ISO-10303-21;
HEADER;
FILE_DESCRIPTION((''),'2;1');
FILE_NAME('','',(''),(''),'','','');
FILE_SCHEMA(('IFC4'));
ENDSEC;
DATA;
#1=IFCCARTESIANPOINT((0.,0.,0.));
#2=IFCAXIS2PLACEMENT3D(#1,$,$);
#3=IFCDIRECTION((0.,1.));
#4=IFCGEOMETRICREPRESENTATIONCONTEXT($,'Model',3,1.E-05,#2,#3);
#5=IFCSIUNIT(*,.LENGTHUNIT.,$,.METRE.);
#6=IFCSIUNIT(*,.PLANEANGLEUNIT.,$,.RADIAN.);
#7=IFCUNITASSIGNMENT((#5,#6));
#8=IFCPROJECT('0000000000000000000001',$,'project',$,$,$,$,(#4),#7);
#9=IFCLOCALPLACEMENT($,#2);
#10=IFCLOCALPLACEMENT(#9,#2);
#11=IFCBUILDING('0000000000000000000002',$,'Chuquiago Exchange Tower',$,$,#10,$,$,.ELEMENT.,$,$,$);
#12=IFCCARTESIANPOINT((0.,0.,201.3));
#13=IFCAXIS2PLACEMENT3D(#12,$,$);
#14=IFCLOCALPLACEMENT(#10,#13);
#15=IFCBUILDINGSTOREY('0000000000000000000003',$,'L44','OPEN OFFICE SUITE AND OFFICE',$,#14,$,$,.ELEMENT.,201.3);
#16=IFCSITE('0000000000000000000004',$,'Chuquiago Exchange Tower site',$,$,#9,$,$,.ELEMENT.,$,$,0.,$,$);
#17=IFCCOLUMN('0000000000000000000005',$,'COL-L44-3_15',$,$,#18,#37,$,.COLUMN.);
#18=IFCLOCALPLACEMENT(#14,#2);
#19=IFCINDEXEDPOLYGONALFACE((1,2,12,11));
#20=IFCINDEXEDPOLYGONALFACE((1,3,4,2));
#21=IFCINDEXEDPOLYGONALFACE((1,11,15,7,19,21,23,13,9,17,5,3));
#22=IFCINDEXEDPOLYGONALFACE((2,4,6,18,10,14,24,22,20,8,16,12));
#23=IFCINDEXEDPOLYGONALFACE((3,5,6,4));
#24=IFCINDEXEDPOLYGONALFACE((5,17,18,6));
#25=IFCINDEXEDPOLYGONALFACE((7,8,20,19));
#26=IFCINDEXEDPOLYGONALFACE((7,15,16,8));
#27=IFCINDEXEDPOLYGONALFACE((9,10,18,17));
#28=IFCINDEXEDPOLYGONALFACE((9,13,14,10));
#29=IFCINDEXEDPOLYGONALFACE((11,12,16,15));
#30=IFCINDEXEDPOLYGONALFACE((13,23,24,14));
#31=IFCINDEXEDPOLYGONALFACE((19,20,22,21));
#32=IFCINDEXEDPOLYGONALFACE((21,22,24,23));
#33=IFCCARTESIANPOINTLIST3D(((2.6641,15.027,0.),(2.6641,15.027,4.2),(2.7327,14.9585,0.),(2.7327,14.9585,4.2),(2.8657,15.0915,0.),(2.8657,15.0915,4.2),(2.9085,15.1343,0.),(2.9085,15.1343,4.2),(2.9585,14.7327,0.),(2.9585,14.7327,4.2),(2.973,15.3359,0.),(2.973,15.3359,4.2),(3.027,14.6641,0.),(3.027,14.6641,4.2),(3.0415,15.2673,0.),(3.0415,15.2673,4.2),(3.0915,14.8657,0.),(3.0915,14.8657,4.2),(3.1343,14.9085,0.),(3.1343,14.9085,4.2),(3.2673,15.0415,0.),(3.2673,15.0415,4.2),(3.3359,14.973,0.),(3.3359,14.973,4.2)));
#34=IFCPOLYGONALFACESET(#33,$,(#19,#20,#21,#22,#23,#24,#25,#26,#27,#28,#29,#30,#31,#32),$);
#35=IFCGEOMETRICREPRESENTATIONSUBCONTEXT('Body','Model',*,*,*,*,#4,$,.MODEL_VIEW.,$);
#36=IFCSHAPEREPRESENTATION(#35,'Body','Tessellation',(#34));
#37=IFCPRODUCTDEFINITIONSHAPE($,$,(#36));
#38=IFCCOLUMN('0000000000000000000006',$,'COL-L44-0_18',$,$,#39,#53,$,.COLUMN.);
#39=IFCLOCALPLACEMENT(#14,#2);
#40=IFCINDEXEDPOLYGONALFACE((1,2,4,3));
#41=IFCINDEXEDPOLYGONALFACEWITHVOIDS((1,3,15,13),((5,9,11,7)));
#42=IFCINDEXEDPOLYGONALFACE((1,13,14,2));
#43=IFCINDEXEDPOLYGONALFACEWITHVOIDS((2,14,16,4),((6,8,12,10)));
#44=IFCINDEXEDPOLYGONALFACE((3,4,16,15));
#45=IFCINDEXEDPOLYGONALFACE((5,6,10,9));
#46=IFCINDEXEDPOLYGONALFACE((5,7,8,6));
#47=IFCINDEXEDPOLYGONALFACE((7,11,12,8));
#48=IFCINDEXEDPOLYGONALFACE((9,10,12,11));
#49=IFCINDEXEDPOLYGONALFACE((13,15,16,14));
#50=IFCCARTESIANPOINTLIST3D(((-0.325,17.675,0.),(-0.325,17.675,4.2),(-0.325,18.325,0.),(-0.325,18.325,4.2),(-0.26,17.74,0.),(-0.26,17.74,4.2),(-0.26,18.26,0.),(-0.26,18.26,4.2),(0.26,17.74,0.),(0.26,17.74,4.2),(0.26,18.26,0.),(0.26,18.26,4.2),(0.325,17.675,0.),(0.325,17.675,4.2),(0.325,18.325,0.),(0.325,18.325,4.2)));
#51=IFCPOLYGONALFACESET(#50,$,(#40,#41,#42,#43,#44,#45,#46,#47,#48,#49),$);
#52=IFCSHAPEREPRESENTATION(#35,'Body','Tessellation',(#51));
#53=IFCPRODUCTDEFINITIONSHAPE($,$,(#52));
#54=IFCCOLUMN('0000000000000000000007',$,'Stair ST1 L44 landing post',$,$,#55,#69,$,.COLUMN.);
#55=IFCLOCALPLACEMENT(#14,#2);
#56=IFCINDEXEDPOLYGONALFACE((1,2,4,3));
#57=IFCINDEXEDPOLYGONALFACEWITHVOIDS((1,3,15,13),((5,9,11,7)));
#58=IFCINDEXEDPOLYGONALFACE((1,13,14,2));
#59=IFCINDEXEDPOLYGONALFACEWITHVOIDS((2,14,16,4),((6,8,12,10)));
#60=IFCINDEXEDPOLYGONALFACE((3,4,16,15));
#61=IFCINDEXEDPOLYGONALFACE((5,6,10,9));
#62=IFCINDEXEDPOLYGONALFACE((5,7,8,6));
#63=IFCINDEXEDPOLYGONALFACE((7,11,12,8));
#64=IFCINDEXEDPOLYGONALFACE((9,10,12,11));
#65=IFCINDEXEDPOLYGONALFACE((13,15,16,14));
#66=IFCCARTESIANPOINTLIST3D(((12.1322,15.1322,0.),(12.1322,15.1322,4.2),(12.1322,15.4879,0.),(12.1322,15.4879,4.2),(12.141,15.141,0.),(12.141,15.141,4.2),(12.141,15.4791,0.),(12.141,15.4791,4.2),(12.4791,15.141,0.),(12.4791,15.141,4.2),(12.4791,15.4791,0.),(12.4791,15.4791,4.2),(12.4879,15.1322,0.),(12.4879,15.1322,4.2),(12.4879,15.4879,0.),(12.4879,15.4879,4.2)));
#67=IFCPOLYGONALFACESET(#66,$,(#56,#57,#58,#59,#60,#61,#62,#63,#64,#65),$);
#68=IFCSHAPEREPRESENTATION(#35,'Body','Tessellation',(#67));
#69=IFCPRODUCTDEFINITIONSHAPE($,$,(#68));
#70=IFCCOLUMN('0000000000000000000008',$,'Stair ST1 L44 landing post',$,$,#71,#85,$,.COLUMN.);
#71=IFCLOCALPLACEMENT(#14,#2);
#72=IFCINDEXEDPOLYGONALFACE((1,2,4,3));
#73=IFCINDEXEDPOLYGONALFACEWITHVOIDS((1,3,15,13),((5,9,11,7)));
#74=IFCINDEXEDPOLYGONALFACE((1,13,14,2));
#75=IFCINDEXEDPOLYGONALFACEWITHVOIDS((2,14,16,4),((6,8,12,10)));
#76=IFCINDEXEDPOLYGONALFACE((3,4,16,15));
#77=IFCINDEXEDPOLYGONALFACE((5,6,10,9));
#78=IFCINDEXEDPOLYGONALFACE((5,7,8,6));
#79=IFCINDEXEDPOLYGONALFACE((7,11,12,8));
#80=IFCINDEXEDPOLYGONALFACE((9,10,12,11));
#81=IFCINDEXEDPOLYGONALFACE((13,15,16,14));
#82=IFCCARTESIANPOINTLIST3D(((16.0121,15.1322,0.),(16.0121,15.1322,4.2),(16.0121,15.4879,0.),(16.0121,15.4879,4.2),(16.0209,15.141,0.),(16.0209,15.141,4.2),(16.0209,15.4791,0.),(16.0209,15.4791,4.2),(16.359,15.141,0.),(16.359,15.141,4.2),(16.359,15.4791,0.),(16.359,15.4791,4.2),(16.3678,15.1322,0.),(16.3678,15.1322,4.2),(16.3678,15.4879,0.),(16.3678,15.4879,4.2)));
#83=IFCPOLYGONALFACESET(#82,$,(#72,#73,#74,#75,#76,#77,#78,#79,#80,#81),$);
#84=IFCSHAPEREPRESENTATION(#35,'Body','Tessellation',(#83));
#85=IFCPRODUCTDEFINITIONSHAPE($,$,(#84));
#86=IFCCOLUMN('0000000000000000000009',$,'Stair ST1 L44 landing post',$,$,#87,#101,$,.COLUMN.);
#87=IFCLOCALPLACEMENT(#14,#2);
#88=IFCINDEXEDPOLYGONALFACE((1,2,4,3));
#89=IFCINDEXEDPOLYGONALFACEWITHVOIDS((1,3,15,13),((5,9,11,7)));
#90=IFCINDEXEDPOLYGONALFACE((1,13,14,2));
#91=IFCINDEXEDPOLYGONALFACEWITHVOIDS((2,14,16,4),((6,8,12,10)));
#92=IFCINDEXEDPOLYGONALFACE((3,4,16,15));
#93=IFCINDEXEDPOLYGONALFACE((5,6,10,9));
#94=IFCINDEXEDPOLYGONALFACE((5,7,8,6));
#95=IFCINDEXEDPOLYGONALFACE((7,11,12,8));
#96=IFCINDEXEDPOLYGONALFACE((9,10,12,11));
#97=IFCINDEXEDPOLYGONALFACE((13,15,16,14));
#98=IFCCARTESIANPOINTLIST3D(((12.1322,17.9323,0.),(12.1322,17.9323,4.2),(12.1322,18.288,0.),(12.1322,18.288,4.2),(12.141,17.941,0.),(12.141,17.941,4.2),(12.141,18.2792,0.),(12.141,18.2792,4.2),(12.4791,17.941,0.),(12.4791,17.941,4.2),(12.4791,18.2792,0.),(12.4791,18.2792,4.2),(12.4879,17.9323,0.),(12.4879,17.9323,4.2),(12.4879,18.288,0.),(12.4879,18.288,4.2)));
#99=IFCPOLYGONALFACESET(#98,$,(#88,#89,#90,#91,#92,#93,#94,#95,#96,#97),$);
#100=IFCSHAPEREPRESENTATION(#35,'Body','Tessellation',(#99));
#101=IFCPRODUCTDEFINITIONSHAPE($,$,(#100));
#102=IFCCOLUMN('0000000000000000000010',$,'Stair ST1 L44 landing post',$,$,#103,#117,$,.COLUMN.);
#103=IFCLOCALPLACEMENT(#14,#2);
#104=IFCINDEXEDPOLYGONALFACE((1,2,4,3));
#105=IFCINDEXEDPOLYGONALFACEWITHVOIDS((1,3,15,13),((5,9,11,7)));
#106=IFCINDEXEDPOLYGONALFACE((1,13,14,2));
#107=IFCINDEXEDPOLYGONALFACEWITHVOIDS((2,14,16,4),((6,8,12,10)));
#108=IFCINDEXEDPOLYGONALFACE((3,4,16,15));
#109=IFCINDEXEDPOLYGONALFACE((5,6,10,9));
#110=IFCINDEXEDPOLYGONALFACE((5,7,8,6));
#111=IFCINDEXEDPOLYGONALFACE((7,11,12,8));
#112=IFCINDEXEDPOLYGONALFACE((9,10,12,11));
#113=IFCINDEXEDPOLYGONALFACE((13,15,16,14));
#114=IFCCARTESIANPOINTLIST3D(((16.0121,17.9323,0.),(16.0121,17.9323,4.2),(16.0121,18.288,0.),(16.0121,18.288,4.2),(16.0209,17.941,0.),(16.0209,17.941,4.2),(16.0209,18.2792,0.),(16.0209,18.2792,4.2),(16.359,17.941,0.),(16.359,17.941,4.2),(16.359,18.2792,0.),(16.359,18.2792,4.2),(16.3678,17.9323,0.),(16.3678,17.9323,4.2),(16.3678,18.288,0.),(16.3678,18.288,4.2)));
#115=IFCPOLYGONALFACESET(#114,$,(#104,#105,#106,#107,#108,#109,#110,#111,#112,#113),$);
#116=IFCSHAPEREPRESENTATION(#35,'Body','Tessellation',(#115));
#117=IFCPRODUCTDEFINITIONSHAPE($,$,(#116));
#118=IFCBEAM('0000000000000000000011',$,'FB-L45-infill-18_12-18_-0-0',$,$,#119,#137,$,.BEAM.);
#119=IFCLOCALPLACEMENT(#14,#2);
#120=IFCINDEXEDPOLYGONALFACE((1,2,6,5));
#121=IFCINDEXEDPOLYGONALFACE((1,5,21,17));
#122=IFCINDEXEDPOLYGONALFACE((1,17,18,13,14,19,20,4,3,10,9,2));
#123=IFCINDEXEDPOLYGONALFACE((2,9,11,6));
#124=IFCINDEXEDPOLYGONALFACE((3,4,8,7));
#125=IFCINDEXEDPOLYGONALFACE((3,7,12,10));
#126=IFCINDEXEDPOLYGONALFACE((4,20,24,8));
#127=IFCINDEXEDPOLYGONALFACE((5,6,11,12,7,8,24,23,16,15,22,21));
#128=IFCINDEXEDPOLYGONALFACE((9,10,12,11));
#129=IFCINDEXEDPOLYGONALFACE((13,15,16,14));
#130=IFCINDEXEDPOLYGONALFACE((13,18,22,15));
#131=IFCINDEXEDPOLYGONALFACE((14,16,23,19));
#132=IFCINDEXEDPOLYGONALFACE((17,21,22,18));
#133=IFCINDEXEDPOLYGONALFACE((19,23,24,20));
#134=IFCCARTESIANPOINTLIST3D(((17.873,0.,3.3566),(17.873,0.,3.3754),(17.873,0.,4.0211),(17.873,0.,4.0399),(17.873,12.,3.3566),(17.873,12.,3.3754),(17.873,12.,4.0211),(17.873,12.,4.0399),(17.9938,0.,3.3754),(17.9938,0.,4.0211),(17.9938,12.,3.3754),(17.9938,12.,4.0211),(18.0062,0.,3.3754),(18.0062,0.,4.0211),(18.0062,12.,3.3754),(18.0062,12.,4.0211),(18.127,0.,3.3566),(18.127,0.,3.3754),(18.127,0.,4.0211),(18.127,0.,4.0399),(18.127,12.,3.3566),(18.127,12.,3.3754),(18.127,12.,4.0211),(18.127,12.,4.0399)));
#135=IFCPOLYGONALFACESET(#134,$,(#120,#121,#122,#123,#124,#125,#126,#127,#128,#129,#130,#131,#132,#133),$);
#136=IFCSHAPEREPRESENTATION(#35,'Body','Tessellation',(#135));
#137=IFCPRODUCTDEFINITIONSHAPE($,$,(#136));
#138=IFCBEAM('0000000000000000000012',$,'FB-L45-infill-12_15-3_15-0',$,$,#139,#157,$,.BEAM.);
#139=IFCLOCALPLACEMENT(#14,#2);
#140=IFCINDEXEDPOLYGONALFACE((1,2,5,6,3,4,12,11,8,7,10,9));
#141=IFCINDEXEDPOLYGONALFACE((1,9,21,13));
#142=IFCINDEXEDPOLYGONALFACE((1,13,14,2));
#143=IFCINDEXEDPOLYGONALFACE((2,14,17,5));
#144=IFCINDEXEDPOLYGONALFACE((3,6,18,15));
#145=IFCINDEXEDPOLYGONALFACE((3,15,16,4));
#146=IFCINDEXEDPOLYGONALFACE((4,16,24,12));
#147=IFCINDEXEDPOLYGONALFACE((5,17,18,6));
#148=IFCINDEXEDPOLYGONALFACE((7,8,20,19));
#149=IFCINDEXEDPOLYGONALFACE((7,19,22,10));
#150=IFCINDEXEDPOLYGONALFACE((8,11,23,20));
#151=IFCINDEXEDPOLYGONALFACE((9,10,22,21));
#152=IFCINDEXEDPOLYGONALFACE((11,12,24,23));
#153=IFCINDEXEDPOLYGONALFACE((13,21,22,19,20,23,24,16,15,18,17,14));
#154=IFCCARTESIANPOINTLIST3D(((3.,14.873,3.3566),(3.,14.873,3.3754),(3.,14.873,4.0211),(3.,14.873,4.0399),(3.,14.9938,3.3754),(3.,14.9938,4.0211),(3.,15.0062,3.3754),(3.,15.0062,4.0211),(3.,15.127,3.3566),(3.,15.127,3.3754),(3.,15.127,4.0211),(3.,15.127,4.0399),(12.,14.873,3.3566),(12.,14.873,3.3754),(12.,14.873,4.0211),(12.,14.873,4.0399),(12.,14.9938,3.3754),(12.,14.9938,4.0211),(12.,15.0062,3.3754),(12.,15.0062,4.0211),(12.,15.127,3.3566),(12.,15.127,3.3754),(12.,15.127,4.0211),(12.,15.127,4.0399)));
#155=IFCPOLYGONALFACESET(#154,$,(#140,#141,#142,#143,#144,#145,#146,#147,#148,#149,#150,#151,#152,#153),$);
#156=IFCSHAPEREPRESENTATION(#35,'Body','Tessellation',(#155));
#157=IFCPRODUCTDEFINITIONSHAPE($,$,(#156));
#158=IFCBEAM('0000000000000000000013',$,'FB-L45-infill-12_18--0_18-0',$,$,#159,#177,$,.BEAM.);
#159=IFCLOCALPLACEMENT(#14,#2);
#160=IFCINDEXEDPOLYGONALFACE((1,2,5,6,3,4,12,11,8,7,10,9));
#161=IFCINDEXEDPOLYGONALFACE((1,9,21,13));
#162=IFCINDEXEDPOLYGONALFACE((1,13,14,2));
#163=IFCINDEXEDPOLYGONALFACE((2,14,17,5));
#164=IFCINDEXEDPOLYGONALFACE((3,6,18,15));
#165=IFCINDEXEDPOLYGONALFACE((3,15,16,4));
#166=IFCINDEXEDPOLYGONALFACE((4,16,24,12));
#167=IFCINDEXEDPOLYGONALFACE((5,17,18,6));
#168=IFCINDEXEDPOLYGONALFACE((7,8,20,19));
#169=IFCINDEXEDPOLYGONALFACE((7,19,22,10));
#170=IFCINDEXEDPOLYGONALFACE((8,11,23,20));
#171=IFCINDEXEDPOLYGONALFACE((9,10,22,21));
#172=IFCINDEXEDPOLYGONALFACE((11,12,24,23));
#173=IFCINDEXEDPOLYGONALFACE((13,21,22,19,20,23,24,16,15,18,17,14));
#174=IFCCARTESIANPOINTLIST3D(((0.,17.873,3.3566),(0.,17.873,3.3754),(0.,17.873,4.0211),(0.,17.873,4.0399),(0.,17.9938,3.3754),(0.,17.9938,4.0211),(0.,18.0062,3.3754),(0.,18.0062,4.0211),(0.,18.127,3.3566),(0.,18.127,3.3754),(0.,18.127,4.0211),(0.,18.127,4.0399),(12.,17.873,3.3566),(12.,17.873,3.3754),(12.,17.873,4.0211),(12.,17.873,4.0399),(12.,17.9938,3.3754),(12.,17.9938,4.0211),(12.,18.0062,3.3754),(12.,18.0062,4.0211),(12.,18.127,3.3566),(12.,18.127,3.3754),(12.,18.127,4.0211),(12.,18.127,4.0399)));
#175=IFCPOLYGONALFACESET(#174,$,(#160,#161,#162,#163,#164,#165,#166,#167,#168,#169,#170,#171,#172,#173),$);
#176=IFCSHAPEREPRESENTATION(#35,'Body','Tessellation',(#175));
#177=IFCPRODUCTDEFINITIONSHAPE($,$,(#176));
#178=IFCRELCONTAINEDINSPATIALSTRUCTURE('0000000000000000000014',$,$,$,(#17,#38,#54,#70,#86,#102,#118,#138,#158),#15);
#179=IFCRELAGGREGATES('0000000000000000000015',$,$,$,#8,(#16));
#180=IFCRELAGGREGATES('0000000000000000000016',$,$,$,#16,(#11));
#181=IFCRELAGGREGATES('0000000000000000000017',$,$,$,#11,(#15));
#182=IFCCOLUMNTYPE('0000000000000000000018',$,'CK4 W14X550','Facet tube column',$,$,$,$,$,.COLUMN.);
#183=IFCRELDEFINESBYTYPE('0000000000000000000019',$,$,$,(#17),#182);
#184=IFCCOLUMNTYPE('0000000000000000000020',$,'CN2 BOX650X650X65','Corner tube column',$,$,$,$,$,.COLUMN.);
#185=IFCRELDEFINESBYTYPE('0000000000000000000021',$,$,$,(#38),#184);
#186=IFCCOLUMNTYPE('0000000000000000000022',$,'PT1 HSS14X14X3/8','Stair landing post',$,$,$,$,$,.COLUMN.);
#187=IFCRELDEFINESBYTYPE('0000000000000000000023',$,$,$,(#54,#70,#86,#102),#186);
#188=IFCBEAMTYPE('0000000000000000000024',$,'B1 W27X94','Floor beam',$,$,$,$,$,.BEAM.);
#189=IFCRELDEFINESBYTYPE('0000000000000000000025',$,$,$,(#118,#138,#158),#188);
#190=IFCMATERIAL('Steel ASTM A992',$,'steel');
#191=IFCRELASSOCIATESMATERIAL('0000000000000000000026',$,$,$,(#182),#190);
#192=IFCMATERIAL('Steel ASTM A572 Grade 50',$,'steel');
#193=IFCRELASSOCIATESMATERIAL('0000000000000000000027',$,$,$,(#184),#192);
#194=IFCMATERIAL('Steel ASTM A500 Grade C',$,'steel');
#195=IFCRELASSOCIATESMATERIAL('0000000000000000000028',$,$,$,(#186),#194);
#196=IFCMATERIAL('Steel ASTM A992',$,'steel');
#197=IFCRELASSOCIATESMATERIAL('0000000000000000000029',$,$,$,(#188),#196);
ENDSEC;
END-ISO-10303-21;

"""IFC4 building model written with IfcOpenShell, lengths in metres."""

from ifc_helpers import new_model, si_unit, direction, frame, origin, origin_2d, place, context, subcontext, project, spatial, hollow_rectangle, i_section, extrude, material, material_profile, profile_set, type_object, element, save


model = new_model("IFC4")

# Units and contexts
model_context = context("Model", 3, precision=1e-05, world=origin(), true_north=direction((0.0, 1.0)))
body_context = subcontext(model_context, "Body", "Model", "MODEL_VIEW")
ifc_project = project(units=[si_unit("LENGTHUNIT", "METRE"), si_unit("PLANEANGLEUNIT", "RADIAN")], contexts=[model_context])

# Site, building, storey
site_placement = place(None, origin())
site = spatial("IfcSite", under=ifc_project, at=site_placement, Name="Chuquiago Exchange Tower site", CompositionType="ELEMENT", RefElevation=0.0)
building_placement = place(site_placement, origin())
building = spatial("IfcBuilding", under=site, at=building_placement, Name="Chuquiago Exchange Tower", CompositionType="ELEMENT")
storey_placement = place(building_placement, frame((0.0, 0.0, 201.3)))
storey = spatial("IfcBuildingStorey", under=building, at=storey_placement, Name="L44", Description="OPEN OFFICE SUITE AND OFFICE", CompositionType="ELEMENT", Elevation=201.3)

# Columns
ifc_material_1 = material(Name="Steel ASTM A992", Category="steel")
ifc_material_profile_1 = material_profile(ifc_material_1, i_section(OverallWidth=0.4368, OverallDepth=0.5132, WebThickness=0.0605, FlangeThickness=0.0969, at=origin_2d()), Name="W14X550")
ifc_profile_set_1 = profile_set([ifc_material_profile_1], Name="Steel ASTM A992")
column_type_1 = type_object("IfcColumnType", Name="CK4 W14X550", Description="Facet tube column", PredefinedType="COLUMN", material=ifc_profile_set_1)
column_1_placement = place(storey_placement, frame((3.0, 15.0, 0.0), z_axis=(0.0, 0.0, 1.0), x_axis=(-0.707107, -0.707107, 0.0)))
element("IfcColumn", 1, at=column_1_placement, inside=storey, type_object=column_type_1, Name="COL-L44-3_15", PredefinedType="COLUMN", context=body_context, shape_type="SweptSolid", body=[
    extrude(i_section(OverallWidth=0.4368, OverallDepth=0.5132, WebThickness=0.0605, FlangeThickness=0.0969, at=origin_2d()), origin(), (0.0, 0.0, 1.0), 4.2),
])
ifc_material_2 = material(Name="Steel ASTM A572 Grade 50", Category="steel")
ifc_material_profile_2 = material_profile(ifc_material_2, hollow_rectangle(XDim=0.6499, YDim=0.6499, WallThickness=0.0649, at=origin_2d()), Name="BOX650X650X65")
ifc_profile_set_2 = profile_set([ifc_material_profile_2], Name="Steel ASTM A572 Grade 50")
column_type_2 = type_object("IfcColumnType", Name="CN2 BOX650X650X65", Description="Corner tube column", PredefinedType="COLUMN", material=ifc_profile_set_2)
column_2_placement = place(storey_placement, frame((0.0, 18.0, 0.0), z_axis=(0.0, 0.0, 1.0), x_axis=(-1.0, 0.0, 0.0)))
element("IfcColumn", 2, at=column_2_placement, inside=storey, type_object=column_type_2, Name="COL-L44-0_18", PredefinedType="COLUMN", context=body_context, shape_type="SweptSolid", body=[
    extrude(hollow_rectangle(XDim=0.6499, YDim=0.6499, WallThickness=0.0649, at=origin_2d()), origin(), (0.0, 0.0, 1.0), 4.2),
])
ifc_material_3 = material(Name="Steel ASTM A500 Grade C", Category="steel")
ifc_material_profile_3 = material_profile(ifc_material_3, hollow_rectangle(XDim=0.3557, YDim=0.3557, WallThickness=0.0088, at=origin_2d()), Name="HSS14X14X3/8")
ifc_profile_set_3 = profile_set([ifc_material_profile_3], Name="Steel ASTM A500 Grade C")
column_type_3 = type_object("IfcColumnType", Name="PT1 HSS14X14X3/8", Description="Stair landing post", PredefinedType="COLUMN", material=ifc_profile_set_3)
for number, where, z_axis, x_axis, name in (
    (3, (12.3101, 15.3101, 0.0), (0.0, 0.0, 1.0), (1.0, 0.0, 0.0), "Stair ST1 L44 landing post"),
    (4, (16.1899, 15.3101, 0.0), (0.0, 0.0, 1.0), (1.0, 0.0, 0.0), "Stair ST1 L44 landing post"),
    (5, (12.3101, 18.1101, 0.0), (0.0, 0.0, 1.0), (1.0, 0.0, 0.0), "Stair ST1 L44 landing post"),
    (6, (16.1899, 18.1101, 0.0), (0.0, 0.0, 1.0), (1.0, 0.0, 0.0), "Stair ST1 L44 landing post"),
):
    element("IfcColumn", number, at=place(storey_placement, frame(where, z_axis=z_axis, x_axis=x_axis)), inside=storey, type_object=column_type_3, Name=name, PredefinedType="COLUMN", context=body_context, shape_type="SweptSolid", body=[
        extrude(hollow_rectangle(XDim=0.3557, YDim=0.3557, WallThickness=0.0088, at=origin_2d()), origin(), (0.0, 0.0, 1.0), 4.2),
    ])

# Beams
ifc_material_4 = material(Name="Steel ASTM A992", Category="steel")
ifc_material_profile_4 = material_profile(ifc_material_4, i_section(OverallWidth=0.2539, OverallDepth=0.6833, WebThickness=0.0125, FlangeThickness=0.0188, at=origin_2d()), Name="W27X94")
ifc_profile_set_4 = profile_set([ifc_material_profile_4], Name="Steel ASTM A992")
beam_type_1 = type_object("IfcBeamType", Name="B1 W27X94", Description="Floor beam", PredefinedType="BEAM", material=ifc_profile_set_4)
beam_1_placement = place(storey_placement, frame((18.0, 12.0, 3.6982), z_axis=(0.0, -1.0, 0.0), x_axis=(1.0, 0.0, 0.0)))
element("IfcBeam", 7, at=beam_1_placement, inside=storey, type_object=beam_type_1, Name="FB-L45-infill-18_12-18_-0-0", PredefinedType="BEAM", context=body_context, shape_type="SweptSolid", body=[
    extrude(i_section(OverallWidth=0.2539, OverallDepth=0.6833, WebThickness=0.0125, FlangeThickness=0.0188, at=origin_2d()), origin(), (0.0, 0.0, 1.0), 12.0),
])
beam_2_placement = place(storey_placement, frame((12.0, 15.0, 3.6982), z_axis=(-1.0, 0.0, 0.0), x_axis=(0.0, -1.0, 0.0)))
element("IfcBeam", 8, at=beam_2_placement, inside=storey, type_object=beam_type_1, Name="FB-L45-infill-12_15-3_15-0", PredefinedType="BEAM", context=body_context, shape_type="SweptSolid", body=[
    extrude(i_section(OverallWidth=0.2539, OverallDepth=0.6833, WebThickness=0.0125, FlangeThickness=0.0188, at=origin_2d()), origin(), (0.0, 0.0, 1.0), 9.0),
])
beam_3_placement = place(storey_placement, frame((12.0, 18.0, 3.6982), z_axis=(-1.0, 0.0, 0.0), x_axis=(0.0, -1.0, 0.0)))
element("IfcBeam", 9, at=beam_3_placement, inside=storey, type_object=beam_type_1, Name="FB-L45-infill-12_18--0_18-0", PredefinedType="BEAM", context=body_context, shape_type="SweptSolid", body=[
    extrude(i_section(OverallWidth=0.2539, OverallDepth=0.6833, WebThickness=0.0125, FlangeThickness=0.0188, at=origin_2d()), origin(), (0.0, 0.0, 1.0), 12.0),
])

save(model, "model.ifc")
